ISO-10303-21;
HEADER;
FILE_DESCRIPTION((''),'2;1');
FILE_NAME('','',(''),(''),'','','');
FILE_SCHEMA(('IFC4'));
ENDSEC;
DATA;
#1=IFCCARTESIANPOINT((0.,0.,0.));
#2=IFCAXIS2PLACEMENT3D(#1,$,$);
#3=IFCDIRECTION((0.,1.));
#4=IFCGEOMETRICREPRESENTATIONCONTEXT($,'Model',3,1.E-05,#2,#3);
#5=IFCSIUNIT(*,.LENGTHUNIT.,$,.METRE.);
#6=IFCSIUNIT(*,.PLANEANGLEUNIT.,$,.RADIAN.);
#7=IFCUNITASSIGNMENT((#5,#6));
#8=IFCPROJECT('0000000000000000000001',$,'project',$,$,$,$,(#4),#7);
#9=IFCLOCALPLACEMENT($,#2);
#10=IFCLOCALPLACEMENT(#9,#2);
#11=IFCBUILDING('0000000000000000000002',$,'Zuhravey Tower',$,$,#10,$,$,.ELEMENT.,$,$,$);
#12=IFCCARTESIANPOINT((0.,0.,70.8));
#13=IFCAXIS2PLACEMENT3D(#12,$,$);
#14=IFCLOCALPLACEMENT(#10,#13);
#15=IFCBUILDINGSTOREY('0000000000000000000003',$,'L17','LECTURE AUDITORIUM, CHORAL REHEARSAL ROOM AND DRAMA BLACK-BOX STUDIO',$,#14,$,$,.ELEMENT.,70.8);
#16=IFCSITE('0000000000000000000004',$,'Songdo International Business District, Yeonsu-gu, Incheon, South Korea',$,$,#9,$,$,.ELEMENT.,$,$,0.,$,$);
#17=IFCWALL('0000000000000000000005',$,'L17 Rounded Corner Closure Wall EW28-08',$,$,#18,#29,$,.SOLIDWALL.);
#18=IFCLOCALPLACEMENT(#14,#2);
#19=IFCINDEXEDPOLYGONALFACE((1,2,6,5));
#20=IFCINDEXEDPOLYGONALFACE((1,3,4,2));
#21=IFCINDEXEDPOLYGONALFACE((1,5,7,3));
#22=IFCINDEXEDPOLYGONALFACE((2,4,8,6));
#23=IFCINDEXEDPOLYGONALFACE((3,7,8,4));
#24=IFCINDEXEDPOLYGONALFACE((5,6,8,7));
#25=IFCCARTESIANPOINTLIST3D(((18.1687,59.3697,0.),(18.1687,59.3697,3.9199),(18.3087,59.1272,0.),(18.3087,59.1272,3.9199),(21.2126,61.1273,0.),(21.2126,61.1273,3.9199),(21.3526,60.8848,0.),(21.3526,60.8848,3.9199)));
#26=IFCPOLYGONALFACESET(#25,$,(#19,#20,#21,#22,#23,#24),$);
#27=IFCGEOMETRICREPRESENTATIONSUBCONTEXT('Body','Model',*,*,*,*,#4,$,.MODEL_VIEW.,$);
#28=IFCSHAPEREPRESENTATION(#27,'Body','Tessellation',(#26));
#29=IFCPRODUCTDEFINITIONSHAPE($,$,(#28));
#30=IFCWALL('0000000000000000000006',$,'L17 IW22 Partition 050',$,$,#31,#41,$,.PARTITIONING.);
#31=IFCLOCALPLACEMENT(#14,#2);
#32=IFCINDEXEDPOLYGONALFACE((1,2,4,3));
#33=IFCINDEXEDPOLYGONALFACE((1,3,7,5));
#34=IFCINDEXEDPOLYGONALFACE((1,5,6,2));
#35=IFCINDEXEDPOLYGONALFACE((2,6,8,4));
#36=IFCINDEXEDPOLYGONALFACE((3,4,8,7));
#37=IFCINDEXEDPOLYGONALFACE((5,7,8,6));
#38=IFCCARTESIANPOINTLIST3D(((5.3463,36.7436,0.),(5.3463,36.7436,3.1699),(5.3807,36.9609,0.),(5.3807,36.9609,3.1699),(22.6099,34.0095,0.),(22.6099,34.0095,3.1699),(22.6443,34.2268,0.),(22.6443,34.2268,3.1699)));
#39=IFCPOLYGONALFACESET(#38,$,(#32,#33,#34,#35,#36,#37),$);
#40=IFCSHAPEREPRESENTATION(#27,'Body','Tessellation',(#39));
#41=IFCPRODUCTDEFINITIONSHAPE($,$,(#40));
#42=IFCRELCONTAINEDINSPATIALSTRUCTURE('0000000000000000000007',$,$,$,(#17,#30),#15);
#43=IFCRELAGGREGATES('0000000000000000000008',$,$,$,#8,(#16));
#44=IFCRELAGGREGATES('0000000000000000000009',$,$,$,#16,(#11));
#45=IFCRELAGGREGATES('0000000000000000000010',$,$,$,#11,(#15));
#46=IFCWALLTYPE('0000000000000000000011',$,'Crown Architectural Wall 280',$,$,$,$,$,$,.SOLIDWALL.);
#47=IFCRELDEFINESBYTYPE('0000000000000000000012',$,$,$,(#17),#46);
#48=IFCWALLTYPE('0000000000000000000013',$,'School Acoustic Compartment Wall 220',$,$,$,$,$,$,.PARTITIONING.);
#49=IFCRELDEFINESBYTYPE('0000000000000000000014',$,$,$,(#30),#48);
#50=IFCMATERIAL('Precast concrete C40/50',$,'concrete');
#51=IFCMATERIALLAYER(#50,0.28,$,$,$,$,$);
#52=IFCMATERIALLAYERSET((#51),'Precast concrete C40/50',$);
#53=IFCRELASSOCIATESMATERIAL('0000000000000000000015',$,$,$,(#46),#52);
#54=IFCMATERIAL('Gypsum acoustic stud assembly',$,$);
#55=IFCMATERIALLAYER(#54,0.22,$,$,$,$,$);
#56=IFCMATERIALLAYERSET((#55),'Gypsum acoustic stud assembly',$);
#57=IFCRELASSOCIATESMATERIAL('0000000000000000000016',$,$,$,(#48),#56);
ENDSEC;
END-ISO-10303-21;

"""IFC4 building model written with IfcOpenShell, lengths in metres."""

from ifc_helpers import new_model, si_unit, direction, frame, frame_2d, origin, place, context, subcontext, project, spatial, rectangle, extrude, material, layer, layer_set, type_object, element, save


model = new_model("IFC4")

# Units and contexts
model_context = context("Model", 3, precision=1e-05, world=origin(), true_north=direction((0.0, 1.0)))
body_context = subcontext(model_context, "Body", "Model", "MODEL_VIEW")
ifc_project = project(units=[si_unit("LENGTHUNIT", "METRE"), si_unit("PLANEANGLEUNIT", "RADIAN")], contexts=[model_context])

# Site, building, storey
site_placement = place(None, origin())
site = spatial("IfcSite", under=ifc_project, at=site_placement, Name="Songdo International Business District, Yeonsu-gu, Incheon, South Korea", CompositionType="ELEMENT", RefElevation=0.0)
building_placement = place(site_placement, origin())
building = spatial("IfcBuilding", under=site, at=building_placement, Name="Zuhravey Tower", CompositionType="ELEMENT")
storey_placement = place(building_placement, frame((0.0, 0.0, 70.8)))
storey = spatial("IfcBuildingStorey", under=building, at=storey_placement, Name="L17", Description="LECTURE AUDITORIUM, CHORAL REHEARSAL ROOM AND DRAMA BLACK-BOX STUDIO", CompositionType="ELEMENT", Elevation=70.8)

# Walls
ifc_material_1 = material(Name="Precast concrete C40/50", Category="concrete")
ifc_layer_1 = layer(ifc_material_1, 0.28)
ifc_layer_set_1 = layer_set([ifc_layer_1], Name="Precast concrete C40/50")
wall_type_1 = type_object("IfcWallType", Name="Crown Architectural Wall 280", PredefinedType="SOLIDWALL", material=ifc_layer_set_1)
wall_1_placement = place(storey_placement, frame((18.2388, 59.2485, 0.0), z_axis=(0.0, 0.0, 1.0), x_axis=(0.866007, 0.500031, 0.0)))
element("IfcWall", 1, at=wall_1_placement, inside=storey, type_object=wall_type_1, Name="L17 Rounded Corner Closure Wall EW28-08", PredefinedType="SOLIDWALL", context=body_context, shape_type="SweptSolid", body=[
    extrude(rectangle(XDim=3.5149, YDim=0.28, at=frame_2d((1.7573, 0.0))), origin(), (0.0, 0.0, 1.0), 3.9199),
])
ifc_material_2 = material(Name="Gypsum acoustic stud assembly")
ifc_layer_2 = layer(ifc_material_2, 0.22)
ifc_layer_set_2 = layer_set([ifc_layer_2], Name="Gypsum acoustic stud assembly")
wall_type_2 = type_object("IfcWallType", Name="School Acoustic Compartment Wall 220", PredefinedType="PARTITIONING", material=ifc_layer_set_2)
wall_2_placement = place(storey_placement, frame((22.627, 34.1182, 0.0), z_axis=(0.0, 0.0, 1.0), x_axis=(-0.98769, 0.156425, 0.0)))
element("IfcWall", 2, at=wall_2_placement, inside=storey, type_object=wall_type_2, Name="L17 IW22 Partition 050", PredefinedType="PARTITIONING", context=body_context, shape_type="SweptSolid", body=[
    extrude(rectangle(XDim=17.4788, YDim=0.22, at=frame_2d((8.7393, 0.0))), origin(), (0.0, 0.0, 1.0), 3.1699),
])

save(model, "model.ifc")
